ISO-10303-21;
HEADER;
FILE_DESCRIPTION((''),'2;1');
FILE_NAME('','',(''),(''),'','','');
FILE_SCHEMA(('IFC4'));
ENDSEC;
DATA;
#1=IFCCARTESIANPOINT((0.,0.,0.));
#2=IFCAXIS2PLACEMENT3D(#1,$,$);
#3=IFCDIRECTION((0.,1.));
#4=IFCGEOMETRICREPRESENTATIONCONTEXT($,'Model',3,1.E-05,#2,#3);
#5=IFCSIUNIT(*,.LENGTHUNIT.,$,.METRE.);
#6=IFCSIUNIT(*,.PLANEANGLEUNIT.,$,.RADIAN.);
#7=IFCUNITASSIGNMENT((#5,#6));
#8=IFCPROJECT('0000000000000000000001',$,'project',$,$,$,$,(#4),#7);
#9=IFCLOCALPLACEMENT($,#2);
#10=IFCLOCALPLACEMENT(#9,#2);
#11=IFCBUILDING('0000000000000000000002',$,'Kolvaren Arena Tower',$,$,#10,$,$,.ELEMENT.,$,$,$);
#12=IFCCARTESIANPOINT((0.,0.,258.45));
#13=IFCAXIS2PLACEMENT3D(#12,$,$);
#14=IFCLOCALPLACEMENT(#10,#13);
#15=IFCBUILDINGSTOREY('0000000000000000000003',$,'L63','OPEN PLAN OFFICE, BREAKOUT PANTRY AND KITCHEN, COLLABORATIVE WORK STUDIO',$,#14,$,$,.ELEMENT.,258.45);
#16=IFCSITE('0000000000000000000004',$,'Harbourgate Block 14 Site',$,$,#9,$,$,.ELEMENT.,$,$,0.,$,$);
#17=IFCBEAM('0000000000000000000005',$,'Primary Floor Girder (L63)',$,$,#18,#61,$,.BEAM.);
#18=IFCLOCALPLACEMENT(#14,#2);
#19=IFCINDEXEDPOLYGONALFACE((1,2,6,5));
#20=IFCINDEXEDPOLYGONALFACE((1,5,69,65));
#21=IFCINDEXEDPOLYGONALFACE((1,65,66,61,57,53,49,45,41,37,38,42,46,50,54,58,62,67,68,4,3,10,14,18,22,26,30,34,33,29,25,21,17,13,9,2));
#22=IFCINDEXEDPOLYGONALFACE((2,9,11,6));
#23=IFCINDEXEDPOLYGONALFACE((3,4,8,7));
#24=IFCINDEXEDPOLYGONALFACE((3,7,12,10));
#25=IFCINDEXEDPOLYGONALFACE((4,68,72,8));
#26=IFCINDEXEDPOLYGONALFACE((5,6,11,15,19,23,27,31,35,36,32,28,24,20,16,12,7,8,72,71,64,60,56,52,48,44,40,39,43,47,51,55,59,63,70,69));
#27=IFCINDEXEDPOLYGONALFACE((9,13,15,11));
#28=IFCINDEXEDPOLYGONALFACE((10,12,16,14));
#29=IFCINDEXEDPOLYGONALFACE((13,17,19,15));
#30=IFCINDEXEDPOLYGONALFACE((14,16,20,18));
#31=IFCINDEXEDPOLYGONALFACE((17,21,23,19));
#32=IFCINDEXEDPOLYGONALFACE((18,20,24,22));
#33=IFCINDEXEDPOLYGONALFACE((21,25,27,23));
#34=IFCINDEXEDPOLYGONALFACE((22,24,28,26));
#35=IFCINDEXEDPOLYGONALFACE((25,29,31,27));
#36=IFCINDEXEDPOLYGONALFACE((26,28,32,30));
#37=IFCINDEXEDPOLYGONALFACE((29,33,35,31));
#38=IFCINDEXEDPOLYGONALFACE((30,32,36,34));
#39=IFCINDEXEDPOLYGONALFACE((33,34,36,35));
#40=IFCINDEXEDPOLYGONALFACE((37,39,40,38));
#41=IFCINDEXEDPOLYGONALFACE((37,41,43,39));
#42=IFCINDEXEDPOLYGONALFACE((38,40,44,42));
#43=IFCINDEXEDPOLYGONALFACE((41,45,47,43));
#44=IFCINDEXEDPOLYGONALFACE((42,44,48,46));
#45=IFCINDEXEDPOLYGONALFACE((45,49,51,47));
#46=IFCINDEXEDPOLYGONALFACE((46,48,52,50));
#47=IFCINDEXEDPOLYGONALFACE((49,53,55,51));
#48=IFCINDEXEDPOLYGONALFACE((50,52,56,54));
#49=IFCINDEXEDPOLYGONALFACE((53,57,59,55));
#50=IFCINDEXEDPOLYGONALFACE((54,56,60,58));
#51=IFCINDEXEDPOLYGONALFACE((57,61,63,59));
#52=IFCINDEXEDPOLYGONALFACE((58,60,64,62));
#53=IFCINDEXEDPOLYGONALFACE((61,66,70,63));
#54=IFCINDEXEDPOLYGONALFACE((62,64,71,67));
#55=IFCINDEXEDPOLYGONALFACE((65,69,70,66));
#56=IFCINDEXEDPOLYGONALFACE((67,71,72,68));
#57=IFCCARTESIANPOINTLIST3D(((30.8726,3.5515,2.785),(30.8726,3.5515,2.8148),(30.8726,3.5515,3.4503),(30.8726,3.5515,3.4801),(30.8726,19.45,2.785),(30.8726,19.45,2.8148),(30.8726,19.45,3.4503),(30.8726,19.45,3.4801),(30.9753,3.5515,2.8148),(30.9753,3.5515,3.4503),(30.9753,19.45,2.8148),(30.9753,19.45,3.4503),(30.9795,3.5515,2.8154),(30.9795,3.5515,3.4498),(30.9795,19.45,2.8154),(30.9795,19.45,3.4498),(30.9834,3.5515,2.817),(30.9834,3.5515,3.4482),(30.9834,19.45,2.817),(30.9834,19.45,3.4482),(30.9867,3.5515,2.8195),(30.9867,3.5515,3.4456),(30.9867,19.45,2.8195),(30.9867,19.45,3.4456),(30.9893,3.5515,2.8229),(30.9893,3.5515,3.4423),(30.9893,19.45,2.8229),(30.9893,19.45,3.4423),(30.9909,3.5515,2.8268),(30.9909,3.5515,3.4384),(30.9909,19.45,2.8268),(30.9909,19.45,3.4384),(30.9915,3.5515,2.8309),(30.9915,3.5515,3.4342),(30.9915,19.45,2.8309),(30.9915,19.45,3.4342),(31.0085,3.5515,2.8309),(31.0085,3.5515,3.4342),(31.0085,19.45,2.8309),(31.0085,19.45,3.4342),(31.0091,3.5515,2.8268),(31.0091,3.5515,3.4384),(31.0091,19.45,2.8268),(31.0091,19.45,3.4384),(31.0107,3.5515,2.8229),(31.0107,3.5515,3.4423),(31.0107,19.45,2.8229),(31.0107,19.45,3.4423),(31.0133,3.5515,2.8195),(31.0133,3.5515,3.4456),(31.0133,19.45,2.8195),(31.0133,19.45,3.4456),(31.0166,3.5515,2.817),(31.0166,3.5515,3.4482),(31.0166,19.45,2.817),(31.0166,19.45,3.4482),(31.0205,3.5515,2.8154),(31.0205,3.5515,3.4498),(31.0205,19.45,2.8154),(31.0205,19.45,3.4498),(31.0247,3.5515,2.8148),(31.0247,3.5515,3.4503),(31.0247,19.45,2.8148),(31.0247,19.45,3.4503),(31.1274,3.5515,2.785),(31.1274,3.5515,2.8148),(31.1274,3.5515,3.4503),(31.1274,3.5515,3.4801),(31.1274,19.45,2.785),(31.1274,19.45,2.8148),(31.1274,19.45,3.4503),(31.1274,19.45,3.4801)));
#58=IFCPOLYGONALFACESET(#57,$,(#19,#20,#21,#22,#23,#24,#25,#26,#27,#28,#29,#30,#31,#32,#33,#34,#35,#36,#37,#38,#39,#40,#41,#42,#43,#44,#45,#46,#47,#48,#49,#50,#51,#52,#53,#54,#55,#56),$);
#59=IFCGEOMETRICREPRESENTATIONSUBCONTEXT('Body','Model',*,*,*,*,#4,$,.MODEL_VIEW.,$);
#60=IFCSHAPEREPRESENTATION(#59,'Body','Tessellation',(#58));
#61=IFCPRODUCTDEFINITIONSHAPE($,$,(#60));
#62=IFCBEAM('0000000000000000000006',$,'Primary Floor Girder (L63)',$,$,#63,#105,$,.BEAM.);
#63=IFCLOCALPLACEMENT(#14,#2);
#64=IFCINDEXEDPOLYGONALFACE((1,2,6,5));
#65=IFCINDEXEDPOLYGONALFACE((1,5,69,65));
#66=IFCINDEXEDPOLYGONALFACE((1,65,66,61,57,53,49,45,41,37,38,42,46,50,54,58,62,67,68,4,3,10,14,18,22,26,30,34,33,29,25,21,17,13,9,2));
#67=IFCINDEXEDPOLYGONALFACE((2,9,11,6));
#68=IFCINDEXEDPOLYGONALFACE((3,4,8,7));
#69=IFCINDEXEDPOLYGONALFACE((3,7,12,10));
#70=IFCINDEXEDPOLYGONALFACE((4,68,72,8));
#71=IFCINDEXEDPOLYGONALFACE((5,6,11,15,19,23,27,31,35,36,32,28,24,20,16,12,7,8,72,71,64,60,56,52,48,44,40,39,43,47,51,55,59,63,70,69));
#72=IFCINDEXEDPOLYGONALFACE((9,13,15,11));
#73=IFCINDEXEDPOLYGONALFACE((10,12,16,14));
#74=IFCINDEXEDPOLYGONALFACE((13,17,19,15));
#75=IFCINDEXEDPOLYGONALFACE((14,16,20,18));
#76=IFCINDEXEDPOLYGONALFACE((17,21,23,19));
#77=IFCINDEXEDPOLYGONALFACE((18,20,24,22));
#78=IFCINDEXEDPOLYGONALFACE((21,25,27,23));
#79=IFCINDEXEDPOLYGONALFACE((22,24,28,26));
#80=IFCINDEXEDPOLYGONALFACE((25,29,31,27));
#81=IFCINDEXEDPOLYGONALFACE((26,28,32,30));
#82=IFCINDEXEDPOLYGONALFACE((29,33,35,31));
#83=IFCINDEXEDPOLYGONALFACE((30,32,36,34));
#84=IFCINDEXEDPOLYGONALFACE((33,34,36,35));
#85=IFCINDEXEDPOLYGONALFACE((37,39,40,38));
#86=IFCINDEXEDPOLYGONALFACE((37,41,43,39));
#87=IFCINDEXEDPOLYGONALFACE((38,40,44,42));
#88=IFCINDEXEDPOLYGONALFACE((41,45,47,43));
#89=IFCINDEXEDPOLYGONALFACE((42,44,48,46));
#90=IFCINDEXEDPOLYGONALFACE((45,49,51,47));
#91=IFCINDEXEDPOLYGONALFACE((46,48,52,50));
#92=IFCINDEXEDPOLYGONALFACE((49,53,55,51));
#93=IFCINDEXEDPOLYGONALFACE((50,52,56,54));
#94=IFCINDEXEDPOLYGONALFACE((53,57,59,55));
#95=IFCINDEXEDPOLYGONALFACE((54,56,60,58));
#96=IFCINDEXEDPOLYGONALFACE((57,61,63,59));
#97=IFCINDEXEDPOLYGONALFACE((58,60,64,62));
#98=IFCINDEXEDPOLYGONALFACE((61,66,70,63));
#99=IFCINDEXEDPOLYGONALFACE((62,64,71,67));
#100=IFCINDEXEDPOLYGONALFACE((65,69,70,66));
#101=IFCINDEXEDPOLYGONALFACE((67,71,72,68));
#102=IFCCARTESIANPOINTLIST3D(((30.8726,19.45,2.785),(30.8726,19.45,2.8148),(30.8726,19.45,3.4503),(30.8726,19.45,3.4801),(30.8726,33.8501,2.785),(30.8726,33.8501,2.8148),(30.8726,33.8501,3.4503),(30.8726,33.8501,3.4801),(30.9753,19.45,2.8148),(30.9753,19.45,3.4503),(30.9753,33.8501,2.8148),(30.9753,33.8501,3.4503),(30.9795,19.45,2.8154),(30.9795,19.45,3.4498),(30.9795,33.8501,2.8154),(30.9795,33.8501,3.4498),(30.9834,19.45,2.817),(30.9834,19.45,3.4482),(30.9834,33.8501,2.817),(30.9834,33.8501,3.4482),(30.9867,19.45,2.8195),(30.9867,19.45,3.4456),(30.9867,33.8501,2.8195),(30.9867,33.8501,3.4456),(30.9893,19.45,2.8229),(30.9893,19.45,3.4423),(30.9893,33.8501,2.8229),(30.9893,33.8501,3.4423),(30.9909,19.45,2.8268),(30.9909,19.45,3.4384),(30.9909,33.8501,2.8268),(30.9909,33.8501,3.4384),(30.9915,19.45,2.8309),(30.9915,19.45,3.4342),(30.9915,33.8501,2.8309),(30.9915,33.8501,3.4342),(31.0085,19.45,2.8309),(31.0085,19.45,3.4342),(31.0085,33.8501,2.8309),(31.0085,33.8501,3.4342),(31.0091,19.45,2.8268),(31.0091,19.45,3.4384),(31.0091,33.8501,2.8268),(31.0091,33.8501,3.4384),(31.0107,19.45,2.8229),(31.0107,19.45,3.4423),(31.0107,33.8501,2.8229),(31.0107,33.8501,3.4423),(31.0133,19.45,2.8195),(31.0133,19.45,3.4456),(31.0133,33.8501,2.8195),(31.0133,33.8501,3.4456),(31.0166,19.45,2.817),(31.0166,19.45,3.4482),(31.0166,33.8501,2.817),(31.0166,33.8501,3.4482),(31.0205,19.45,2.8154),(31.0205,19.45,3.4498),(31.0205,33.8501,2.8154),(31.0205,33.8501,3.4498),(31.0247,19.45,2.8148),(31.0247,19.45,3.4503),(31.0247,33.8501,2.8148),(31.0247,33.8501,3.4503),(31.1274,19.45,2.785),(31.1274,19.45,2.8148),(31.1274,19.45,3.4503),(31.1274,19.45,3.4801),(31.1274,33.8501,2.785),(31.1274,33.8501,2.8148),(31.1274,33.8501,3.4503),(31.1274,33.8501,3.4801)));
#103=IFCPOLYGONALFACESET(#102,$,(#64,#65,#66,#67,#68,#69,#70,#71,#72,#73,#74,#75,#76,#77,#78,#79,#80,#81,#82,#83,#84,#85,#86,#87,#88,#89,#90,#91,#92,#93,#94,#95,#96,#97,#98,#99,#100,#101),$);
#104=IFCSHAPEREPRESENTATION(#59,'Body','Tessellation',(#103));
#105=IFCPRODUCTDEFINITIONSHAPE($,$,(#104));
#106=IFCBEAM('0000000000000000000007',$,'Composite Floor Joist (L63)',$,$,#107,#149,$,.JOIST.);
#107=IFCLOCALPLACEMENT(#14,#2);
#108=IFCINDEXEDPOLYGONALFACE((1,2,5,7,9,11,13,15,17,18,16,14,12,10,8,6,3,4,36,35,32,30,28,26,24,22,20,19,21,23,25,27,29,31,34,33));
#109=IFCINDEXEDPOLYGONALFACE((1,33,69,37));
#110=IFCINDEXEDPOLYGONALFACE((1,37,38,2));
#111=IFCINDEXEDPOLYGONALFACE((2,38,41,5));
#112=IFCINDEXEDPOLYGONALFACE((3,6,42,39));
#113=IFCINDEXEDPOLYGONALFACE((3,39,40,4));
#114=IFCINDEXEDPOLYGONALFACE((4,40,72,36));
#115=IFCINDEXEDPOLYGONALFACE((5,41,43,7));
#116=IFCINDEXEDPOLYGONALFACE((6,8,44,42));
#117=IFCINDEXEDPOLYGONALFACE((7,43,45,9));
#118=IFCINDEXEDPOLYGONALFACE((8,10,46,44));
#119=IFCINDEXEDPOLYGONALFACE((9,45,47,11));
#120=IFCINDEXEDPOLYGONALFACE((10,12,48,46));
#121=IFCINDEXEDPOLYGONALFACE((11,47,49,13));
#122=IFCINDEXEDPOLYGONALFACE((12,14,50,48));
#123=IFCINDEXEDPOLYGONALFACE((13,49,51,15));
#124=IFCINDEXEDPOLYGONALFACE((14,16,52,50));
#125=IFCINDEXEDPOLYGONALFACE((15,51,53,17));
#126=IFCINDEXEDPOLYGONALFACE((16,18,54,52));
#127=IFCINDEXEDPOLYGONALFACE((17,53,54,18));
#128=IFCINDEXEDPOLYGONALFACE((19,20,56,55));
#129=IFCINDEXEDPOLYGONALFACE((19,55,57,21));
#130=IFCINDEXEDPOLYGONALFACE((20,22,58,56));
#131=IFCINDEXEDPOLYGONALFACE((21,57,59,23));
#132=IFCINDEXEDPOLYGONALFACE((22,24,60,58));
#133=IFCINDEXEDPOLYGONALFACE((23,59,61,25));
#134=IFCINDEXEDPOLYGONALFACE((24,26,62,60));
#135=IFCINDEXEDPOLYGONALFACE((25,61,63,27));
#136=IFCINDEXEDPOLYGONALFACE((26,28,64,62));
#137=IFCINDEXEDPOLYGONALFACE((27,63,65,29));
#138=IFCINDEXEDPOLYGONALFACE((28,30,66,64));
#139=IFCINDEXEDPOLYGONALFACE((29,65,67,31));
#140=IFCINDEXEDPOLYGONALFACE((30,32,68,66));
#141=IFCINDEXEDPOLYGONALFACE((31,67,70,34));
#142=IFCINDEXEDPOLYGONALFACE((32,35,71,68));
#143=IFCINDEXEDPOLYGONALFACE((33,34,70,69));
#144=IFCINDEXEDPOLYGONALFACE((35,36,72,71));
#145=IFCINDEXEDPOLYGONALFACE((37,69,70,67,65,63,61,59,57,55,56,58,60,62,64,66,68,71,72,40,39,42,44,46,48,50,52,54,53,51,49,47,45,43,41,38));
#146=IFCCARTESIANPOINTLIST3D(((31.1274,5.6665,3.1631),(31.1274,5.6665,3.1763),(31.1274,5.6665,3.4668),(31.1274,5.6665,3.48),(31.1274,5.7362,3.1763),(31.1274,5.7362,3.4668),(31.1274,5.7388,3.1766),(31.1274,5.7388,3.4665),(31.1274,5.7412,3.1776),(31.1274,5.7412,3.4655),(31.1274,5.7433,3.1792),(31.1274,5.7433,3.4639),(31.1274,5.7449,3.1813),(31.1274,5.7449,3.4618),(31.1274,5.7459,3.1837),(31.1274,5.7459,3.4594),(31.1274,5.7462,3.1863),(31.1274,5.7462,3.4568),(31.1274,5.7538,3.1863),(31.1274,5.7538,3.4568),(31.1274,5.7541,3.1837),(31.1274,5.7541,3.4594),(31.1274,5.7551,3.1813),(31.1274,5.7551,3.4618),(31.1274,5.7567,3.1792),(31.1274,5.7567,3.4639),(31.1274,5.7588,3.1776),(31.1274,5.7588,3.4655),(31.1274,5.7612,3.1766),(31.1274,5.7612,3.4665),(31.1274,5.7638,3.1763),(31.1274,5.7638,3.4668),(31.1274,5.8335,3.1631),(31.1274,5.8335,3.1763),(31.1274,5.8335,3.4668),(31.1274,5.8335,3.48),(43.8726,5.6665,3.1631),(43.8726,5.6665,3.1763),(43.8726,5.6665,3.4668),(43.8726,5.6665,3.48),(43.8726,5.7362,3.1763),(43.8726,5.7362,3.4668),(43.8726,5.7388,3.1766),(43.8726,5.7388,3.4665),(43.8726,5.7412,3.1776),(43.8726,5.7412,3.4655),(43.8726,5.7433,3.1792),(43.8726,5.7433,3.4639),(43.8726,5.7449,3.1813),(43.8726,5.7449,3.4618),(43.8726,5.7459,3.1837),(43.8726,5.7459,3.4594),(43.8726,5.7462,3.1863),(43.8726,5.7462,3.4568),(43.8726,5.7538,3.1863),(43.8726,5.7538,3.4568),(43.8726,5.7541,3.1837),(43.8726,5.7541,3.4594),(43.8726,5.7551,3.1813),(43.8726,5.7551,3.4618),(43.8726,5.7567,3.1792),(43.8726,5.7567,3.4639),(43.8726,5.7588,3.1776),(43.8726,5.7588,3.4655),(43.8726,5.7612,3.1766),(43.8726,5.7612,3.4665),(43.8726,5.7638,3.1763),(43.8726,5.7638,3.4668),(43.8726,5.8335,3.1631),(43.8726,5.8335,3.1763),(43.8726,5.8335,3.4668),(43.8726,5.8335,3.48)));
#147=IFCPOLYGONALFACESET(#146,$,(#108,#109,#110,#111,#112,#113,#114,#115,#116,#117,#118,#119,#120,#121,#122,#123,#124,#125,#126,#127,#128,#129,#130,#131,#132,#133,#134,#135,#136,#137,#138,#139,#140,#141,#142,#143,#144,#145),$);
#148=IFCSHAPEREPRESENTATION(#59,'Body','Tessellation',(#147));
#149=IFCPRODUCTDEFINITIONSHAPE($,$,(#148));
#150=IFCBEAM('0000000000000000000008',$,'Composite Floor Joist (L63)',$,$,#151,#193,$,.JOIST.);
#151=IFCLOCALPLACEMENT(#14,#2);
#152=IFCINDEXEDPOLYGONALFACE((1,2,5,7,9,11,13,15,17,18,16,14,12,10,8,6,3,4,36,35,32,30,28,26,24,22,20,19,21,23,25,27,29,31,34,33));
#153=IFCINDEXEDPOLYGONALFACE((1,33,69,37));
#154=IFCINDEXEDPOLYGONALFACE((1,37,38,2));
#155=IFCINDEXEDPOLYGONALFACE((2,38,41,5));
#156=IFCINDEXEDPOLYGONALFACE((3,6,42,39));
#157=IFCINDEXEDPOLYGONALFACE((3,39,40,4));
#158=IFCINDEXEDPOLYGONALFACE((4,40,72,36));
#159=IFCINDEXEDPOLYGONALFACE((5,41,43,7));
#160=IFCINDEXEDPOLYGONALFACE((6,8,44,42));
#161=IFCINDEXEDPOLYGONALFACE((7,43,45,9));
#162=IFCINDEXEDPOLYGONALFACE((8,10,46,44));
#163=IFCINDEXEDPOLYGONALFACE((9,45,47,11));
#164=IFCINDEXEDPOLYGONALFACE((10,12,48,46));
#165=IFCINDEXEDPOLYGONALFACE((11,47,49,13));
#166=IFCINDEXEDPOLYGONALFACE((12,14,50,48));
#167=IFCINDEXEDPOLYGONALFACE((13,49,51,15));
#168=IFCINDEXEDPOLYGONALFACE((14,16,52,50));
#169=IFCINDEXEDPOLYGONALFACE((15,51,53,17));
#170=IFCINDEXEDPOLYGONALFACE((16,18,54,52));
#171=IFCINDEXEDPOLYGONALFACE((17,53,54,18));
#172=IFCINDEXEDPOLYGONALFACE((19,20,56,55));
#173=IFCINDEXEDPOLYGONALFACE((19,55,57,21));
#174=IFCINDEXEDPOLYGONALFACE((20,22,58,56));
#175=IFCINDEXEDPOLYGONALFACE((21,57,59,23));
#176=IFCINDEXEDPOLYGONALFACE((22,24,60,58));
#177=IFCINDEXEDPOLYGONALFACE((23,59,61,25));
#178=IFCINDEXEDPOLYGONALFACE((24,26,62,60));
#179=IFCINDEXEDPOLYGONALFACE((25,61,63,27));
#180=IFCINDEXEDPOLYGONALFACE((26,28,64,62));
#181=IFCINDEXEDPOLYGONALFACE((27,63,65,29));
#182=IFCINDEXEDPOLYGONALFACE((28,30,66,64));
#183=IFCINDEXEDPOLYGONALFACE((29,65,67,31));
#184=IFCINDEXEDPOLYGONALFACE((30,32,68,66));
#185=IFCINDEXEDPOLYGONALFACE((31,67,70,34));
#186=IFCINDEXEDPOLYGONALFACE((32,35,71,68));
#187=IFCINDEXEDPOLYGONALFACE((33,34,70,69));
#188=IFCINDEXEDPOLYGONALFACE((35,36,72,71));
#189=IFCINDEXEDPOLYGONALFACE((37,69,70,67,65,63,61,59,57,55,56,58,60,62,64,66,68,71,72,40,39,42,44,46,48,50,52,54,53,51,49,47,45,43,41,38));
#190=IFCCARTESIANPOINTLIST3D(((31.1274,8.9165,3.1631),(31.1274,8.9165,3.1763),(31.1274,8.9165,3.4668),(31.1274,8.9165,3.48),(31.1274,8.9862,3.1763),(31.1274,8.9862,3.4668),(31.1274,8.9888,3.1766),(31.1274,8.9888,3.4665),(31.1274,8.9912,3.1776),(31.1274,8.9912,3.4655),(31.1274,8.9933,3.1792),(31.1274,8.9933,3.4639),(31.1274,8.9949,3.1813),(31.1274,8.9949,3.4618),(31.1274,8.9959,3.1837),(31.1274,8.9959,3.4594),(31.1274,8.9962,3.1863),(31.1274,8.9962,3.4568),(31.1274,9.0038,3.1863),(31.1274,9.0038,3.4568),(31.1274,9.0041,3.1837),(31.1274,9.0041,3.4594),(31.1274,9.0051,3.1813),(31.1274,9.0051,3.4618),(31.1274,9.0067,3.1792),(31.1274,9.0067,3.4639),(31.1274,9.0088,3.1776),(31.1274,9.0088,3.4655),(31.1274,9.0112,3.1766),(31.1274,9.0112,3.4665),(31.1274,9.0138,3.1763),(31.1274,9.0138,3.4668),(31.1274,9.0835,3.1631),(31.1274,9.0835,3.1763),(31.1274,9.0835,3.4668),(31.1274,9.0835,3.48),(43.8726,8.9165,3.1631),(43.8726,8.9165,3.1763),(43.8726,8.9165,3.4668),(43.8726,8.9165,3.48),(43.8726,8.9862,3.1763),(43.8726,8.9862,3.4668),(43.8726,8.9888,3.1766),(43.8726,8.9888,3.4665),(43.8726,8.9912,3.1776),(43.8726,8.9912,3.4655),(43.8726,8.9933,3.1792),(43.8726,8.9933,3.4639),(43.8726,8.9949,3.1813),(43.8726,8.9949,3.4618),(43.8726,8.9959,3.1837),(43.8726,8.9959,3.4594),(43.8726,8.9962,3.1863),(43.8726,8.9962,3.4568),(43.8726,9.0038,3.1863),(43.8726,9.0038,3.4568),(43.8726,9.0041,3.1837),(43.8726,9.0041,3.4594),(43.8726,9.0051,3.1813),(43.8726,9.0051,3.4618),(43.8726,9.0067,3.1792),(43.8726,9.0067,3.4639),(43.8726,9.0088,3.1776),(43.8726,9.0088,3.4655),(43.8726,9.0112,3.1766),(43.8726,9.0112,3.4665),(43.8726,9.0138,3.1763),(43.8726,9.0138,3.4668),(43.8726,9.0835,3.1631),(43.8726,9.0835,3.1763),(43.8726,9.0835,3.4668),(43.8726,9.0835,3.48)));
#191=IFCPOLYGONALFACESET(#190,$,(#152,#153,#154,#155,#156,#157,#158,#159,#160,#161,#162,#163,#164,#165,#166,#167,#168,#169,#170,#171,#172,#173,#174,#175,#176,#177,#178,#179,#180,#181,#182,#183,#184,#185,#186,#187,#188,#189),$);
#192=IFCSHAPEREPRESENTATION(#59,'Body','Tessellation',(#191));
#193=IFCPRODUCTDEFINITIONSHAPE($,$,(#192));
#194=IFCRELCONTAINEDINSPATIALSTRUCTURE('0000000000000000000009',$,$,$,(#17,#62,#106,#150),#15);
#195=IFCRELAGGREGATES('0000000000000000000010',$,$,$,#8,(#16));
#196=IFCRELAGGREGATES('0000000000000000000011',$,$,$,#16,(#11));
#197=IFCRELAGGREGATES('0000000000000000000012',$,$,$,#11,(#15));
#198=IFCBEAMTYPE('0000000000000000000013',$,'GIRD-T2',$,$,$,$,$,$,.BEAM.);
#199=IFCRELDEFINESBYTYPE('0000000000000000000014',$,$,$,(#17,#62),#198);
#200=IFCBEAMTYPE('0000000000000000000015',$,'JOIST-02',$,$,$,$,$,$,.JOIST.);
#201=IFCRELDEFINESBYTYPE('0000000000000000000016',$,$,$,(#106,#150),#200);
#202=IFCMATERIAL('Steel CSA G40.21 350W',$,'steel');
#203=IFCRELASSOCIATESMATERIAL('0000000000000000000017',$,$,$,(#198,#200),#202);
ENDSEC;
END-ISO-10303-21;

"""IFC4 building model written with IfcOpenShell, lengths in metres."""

from ifc_helpers import new_model, si_unit, direction, frame, origin, origin_2d, place, context, subcontext, project, spatial, i_section, extrude, material, material_profile, profile_set, type_object, element, save


model = new_model("IFC4")

# Units and contexts
model_context = context("Model", 3, precision=1e-05, world=origin(), true_north=direction((0.0, 1.0)))
body_context = subcontext(model_context, "Body", "Model", "MODEL_VIEW")
ifc_project = project(units=[si_unit("LENGTHUNIT", "METRE"), si_unit("PLANEANGLEUNIT", "RADIAN")], contexts=[model_context])

# Site, building, storey
site_placement = place(None, origin())
site = spatial("IfcSite", under=ifc_project, at=site_placement, Name="Harbourgate Block 14 Site", CompositionType="ELEMENT", RefElevation=0.0)
building_placement = place(site_placement, origin())
building = spatial("IfcBuilding", under=site, at=building_placement, Name="Kolvaren Arena Tower", CompositionType="ELEMENT")
storey_placement = place(building_placement, frame((0.0, 0.0, 258.45)))
storey = spatial("IfcBuildingStorey", under=building, at=storey_placement, Name="L63", Description="OPEN PLAN OFFICE, BREAKOUT PANTRY AND KITCHEN, COLLABORATIVE WORK STUDIO", CompositionType="ELEMENT", Elevation=258.45)

# Beams
ifc_material_1 = material(Name="Steel CSA G40.21 350W", Category="steel")
ifc_material_profile_1 = material_profile(ifc_material_1, i_section(OverallWidth=0.2549, OverallDepth=0.6951, WebThickness=0.0171, FlangeThickness=0.0298, FilletRadius=0.0161, at=origin_2d()), Name="W690x217")
ifc_profile_set_1 = profile_set([ifc_material_profile_1], Name="Steel CSA G40.21 350W")
beam_type_1 = type_object("IfcBeamType", Name="GIRD-T2", PredefinedType="BEAM", material=ifc_profile_set_1)
beam_1_placement = place(storey_placement, frame((31.0, 3.5515, 3.1326), z_axis=(0.0, 1.0, 0.0), x_axis=(-1.0, 0.0, 0.0)))
element("IfcBeam", 1, at=beam_1_placement, inside=storey, type_object=beam_type_1, Name="Primary Floor Girder (L63)", PredefinedType="BEAM", context=body_context, shape_type="SweptSolid", body=[
    extrude(i_section(OverallWidth=0.2549, OverallDepth=0.6951, WebThickness=0.0171, FlangeThickness=0.0298, FilletRadius=0.0161, at=origin_2d()), origin(), (0.0, 0.0, 1.0), 15.8984),
])
beam_2_placement = place(storey_placement, frame((31.0, 19.45, 3.1326), z_axis=(0.0, 1.0, 0.0), x_axis=(-1.0, 0.0, 0.0)))
element("IfcBeam", 2, at=beam_2_placement, inside=storey, type_object=beam_type_1, Name="Primary Floor Girder (L63)", PredefinedType="BEAM", context=body_context, shape_type="SweptSolid", body=[
    extrude(i_section(OverallWidth=0.2549, OverallDepth=0.6951, WebThickness=0.0171, FlangeThickness=0.0298, FilletRadius=0.0161, at=origin_2d()), origin(), (0.0, 0.0, 1.0), 14.4001),
])
ifc_material_profile_2 = material_profile(ifc_material_1, i_section(OverallWidth=0.167, OverallDepth=0.3169, WebThickness=0.0076, FlangeThickness=0.0132, FilletRadius=0.01, at=origin_2d()), Name="W310x52")
ifc_profile_set_2 = profile_set([ifc_material_profile_2], Name="Steel CSA G40.21 350W")
beam_type_2 = type_object("IfcBeamType", Name="JOIST-02", PredefinedType="JOIST", material=ifc_profile_set_2)
for number, where, z_axis, x_axis, name in (
    (3, (31.1274, 5.75, 3.3215), (1.0, 0.0, 0.0), (0.0, 1.0, 0.0), "Composite Floor Joist (L63)"),
    (4, (31.1274, 9.0, 3.3215), (1.0, 0.0, 0.0), (0.0, 1.0, 0.0), "Composite Floor Joist (L63)"),
):
    element("IfcBeam", number, at=place(storey_placement, frame(where, z_axis=z_axis, x_axis=x_axis)), inside=storey, type_object=beam_type_2, Name=name, PredefinedType="JOIST", context=body_context, shape_type="SweptSolid", body=[
        extrude(i_section(OverallWidth=0.167, OverallDepth=0.3169, WebThickness=0.0076, FlangeThickness=0.0132, FilletRadius=0.01, at=origin_2d()), origin(), (0.0, 0.0, 1.0), 12.7451),
    ])

save(model, "model.ifc")
